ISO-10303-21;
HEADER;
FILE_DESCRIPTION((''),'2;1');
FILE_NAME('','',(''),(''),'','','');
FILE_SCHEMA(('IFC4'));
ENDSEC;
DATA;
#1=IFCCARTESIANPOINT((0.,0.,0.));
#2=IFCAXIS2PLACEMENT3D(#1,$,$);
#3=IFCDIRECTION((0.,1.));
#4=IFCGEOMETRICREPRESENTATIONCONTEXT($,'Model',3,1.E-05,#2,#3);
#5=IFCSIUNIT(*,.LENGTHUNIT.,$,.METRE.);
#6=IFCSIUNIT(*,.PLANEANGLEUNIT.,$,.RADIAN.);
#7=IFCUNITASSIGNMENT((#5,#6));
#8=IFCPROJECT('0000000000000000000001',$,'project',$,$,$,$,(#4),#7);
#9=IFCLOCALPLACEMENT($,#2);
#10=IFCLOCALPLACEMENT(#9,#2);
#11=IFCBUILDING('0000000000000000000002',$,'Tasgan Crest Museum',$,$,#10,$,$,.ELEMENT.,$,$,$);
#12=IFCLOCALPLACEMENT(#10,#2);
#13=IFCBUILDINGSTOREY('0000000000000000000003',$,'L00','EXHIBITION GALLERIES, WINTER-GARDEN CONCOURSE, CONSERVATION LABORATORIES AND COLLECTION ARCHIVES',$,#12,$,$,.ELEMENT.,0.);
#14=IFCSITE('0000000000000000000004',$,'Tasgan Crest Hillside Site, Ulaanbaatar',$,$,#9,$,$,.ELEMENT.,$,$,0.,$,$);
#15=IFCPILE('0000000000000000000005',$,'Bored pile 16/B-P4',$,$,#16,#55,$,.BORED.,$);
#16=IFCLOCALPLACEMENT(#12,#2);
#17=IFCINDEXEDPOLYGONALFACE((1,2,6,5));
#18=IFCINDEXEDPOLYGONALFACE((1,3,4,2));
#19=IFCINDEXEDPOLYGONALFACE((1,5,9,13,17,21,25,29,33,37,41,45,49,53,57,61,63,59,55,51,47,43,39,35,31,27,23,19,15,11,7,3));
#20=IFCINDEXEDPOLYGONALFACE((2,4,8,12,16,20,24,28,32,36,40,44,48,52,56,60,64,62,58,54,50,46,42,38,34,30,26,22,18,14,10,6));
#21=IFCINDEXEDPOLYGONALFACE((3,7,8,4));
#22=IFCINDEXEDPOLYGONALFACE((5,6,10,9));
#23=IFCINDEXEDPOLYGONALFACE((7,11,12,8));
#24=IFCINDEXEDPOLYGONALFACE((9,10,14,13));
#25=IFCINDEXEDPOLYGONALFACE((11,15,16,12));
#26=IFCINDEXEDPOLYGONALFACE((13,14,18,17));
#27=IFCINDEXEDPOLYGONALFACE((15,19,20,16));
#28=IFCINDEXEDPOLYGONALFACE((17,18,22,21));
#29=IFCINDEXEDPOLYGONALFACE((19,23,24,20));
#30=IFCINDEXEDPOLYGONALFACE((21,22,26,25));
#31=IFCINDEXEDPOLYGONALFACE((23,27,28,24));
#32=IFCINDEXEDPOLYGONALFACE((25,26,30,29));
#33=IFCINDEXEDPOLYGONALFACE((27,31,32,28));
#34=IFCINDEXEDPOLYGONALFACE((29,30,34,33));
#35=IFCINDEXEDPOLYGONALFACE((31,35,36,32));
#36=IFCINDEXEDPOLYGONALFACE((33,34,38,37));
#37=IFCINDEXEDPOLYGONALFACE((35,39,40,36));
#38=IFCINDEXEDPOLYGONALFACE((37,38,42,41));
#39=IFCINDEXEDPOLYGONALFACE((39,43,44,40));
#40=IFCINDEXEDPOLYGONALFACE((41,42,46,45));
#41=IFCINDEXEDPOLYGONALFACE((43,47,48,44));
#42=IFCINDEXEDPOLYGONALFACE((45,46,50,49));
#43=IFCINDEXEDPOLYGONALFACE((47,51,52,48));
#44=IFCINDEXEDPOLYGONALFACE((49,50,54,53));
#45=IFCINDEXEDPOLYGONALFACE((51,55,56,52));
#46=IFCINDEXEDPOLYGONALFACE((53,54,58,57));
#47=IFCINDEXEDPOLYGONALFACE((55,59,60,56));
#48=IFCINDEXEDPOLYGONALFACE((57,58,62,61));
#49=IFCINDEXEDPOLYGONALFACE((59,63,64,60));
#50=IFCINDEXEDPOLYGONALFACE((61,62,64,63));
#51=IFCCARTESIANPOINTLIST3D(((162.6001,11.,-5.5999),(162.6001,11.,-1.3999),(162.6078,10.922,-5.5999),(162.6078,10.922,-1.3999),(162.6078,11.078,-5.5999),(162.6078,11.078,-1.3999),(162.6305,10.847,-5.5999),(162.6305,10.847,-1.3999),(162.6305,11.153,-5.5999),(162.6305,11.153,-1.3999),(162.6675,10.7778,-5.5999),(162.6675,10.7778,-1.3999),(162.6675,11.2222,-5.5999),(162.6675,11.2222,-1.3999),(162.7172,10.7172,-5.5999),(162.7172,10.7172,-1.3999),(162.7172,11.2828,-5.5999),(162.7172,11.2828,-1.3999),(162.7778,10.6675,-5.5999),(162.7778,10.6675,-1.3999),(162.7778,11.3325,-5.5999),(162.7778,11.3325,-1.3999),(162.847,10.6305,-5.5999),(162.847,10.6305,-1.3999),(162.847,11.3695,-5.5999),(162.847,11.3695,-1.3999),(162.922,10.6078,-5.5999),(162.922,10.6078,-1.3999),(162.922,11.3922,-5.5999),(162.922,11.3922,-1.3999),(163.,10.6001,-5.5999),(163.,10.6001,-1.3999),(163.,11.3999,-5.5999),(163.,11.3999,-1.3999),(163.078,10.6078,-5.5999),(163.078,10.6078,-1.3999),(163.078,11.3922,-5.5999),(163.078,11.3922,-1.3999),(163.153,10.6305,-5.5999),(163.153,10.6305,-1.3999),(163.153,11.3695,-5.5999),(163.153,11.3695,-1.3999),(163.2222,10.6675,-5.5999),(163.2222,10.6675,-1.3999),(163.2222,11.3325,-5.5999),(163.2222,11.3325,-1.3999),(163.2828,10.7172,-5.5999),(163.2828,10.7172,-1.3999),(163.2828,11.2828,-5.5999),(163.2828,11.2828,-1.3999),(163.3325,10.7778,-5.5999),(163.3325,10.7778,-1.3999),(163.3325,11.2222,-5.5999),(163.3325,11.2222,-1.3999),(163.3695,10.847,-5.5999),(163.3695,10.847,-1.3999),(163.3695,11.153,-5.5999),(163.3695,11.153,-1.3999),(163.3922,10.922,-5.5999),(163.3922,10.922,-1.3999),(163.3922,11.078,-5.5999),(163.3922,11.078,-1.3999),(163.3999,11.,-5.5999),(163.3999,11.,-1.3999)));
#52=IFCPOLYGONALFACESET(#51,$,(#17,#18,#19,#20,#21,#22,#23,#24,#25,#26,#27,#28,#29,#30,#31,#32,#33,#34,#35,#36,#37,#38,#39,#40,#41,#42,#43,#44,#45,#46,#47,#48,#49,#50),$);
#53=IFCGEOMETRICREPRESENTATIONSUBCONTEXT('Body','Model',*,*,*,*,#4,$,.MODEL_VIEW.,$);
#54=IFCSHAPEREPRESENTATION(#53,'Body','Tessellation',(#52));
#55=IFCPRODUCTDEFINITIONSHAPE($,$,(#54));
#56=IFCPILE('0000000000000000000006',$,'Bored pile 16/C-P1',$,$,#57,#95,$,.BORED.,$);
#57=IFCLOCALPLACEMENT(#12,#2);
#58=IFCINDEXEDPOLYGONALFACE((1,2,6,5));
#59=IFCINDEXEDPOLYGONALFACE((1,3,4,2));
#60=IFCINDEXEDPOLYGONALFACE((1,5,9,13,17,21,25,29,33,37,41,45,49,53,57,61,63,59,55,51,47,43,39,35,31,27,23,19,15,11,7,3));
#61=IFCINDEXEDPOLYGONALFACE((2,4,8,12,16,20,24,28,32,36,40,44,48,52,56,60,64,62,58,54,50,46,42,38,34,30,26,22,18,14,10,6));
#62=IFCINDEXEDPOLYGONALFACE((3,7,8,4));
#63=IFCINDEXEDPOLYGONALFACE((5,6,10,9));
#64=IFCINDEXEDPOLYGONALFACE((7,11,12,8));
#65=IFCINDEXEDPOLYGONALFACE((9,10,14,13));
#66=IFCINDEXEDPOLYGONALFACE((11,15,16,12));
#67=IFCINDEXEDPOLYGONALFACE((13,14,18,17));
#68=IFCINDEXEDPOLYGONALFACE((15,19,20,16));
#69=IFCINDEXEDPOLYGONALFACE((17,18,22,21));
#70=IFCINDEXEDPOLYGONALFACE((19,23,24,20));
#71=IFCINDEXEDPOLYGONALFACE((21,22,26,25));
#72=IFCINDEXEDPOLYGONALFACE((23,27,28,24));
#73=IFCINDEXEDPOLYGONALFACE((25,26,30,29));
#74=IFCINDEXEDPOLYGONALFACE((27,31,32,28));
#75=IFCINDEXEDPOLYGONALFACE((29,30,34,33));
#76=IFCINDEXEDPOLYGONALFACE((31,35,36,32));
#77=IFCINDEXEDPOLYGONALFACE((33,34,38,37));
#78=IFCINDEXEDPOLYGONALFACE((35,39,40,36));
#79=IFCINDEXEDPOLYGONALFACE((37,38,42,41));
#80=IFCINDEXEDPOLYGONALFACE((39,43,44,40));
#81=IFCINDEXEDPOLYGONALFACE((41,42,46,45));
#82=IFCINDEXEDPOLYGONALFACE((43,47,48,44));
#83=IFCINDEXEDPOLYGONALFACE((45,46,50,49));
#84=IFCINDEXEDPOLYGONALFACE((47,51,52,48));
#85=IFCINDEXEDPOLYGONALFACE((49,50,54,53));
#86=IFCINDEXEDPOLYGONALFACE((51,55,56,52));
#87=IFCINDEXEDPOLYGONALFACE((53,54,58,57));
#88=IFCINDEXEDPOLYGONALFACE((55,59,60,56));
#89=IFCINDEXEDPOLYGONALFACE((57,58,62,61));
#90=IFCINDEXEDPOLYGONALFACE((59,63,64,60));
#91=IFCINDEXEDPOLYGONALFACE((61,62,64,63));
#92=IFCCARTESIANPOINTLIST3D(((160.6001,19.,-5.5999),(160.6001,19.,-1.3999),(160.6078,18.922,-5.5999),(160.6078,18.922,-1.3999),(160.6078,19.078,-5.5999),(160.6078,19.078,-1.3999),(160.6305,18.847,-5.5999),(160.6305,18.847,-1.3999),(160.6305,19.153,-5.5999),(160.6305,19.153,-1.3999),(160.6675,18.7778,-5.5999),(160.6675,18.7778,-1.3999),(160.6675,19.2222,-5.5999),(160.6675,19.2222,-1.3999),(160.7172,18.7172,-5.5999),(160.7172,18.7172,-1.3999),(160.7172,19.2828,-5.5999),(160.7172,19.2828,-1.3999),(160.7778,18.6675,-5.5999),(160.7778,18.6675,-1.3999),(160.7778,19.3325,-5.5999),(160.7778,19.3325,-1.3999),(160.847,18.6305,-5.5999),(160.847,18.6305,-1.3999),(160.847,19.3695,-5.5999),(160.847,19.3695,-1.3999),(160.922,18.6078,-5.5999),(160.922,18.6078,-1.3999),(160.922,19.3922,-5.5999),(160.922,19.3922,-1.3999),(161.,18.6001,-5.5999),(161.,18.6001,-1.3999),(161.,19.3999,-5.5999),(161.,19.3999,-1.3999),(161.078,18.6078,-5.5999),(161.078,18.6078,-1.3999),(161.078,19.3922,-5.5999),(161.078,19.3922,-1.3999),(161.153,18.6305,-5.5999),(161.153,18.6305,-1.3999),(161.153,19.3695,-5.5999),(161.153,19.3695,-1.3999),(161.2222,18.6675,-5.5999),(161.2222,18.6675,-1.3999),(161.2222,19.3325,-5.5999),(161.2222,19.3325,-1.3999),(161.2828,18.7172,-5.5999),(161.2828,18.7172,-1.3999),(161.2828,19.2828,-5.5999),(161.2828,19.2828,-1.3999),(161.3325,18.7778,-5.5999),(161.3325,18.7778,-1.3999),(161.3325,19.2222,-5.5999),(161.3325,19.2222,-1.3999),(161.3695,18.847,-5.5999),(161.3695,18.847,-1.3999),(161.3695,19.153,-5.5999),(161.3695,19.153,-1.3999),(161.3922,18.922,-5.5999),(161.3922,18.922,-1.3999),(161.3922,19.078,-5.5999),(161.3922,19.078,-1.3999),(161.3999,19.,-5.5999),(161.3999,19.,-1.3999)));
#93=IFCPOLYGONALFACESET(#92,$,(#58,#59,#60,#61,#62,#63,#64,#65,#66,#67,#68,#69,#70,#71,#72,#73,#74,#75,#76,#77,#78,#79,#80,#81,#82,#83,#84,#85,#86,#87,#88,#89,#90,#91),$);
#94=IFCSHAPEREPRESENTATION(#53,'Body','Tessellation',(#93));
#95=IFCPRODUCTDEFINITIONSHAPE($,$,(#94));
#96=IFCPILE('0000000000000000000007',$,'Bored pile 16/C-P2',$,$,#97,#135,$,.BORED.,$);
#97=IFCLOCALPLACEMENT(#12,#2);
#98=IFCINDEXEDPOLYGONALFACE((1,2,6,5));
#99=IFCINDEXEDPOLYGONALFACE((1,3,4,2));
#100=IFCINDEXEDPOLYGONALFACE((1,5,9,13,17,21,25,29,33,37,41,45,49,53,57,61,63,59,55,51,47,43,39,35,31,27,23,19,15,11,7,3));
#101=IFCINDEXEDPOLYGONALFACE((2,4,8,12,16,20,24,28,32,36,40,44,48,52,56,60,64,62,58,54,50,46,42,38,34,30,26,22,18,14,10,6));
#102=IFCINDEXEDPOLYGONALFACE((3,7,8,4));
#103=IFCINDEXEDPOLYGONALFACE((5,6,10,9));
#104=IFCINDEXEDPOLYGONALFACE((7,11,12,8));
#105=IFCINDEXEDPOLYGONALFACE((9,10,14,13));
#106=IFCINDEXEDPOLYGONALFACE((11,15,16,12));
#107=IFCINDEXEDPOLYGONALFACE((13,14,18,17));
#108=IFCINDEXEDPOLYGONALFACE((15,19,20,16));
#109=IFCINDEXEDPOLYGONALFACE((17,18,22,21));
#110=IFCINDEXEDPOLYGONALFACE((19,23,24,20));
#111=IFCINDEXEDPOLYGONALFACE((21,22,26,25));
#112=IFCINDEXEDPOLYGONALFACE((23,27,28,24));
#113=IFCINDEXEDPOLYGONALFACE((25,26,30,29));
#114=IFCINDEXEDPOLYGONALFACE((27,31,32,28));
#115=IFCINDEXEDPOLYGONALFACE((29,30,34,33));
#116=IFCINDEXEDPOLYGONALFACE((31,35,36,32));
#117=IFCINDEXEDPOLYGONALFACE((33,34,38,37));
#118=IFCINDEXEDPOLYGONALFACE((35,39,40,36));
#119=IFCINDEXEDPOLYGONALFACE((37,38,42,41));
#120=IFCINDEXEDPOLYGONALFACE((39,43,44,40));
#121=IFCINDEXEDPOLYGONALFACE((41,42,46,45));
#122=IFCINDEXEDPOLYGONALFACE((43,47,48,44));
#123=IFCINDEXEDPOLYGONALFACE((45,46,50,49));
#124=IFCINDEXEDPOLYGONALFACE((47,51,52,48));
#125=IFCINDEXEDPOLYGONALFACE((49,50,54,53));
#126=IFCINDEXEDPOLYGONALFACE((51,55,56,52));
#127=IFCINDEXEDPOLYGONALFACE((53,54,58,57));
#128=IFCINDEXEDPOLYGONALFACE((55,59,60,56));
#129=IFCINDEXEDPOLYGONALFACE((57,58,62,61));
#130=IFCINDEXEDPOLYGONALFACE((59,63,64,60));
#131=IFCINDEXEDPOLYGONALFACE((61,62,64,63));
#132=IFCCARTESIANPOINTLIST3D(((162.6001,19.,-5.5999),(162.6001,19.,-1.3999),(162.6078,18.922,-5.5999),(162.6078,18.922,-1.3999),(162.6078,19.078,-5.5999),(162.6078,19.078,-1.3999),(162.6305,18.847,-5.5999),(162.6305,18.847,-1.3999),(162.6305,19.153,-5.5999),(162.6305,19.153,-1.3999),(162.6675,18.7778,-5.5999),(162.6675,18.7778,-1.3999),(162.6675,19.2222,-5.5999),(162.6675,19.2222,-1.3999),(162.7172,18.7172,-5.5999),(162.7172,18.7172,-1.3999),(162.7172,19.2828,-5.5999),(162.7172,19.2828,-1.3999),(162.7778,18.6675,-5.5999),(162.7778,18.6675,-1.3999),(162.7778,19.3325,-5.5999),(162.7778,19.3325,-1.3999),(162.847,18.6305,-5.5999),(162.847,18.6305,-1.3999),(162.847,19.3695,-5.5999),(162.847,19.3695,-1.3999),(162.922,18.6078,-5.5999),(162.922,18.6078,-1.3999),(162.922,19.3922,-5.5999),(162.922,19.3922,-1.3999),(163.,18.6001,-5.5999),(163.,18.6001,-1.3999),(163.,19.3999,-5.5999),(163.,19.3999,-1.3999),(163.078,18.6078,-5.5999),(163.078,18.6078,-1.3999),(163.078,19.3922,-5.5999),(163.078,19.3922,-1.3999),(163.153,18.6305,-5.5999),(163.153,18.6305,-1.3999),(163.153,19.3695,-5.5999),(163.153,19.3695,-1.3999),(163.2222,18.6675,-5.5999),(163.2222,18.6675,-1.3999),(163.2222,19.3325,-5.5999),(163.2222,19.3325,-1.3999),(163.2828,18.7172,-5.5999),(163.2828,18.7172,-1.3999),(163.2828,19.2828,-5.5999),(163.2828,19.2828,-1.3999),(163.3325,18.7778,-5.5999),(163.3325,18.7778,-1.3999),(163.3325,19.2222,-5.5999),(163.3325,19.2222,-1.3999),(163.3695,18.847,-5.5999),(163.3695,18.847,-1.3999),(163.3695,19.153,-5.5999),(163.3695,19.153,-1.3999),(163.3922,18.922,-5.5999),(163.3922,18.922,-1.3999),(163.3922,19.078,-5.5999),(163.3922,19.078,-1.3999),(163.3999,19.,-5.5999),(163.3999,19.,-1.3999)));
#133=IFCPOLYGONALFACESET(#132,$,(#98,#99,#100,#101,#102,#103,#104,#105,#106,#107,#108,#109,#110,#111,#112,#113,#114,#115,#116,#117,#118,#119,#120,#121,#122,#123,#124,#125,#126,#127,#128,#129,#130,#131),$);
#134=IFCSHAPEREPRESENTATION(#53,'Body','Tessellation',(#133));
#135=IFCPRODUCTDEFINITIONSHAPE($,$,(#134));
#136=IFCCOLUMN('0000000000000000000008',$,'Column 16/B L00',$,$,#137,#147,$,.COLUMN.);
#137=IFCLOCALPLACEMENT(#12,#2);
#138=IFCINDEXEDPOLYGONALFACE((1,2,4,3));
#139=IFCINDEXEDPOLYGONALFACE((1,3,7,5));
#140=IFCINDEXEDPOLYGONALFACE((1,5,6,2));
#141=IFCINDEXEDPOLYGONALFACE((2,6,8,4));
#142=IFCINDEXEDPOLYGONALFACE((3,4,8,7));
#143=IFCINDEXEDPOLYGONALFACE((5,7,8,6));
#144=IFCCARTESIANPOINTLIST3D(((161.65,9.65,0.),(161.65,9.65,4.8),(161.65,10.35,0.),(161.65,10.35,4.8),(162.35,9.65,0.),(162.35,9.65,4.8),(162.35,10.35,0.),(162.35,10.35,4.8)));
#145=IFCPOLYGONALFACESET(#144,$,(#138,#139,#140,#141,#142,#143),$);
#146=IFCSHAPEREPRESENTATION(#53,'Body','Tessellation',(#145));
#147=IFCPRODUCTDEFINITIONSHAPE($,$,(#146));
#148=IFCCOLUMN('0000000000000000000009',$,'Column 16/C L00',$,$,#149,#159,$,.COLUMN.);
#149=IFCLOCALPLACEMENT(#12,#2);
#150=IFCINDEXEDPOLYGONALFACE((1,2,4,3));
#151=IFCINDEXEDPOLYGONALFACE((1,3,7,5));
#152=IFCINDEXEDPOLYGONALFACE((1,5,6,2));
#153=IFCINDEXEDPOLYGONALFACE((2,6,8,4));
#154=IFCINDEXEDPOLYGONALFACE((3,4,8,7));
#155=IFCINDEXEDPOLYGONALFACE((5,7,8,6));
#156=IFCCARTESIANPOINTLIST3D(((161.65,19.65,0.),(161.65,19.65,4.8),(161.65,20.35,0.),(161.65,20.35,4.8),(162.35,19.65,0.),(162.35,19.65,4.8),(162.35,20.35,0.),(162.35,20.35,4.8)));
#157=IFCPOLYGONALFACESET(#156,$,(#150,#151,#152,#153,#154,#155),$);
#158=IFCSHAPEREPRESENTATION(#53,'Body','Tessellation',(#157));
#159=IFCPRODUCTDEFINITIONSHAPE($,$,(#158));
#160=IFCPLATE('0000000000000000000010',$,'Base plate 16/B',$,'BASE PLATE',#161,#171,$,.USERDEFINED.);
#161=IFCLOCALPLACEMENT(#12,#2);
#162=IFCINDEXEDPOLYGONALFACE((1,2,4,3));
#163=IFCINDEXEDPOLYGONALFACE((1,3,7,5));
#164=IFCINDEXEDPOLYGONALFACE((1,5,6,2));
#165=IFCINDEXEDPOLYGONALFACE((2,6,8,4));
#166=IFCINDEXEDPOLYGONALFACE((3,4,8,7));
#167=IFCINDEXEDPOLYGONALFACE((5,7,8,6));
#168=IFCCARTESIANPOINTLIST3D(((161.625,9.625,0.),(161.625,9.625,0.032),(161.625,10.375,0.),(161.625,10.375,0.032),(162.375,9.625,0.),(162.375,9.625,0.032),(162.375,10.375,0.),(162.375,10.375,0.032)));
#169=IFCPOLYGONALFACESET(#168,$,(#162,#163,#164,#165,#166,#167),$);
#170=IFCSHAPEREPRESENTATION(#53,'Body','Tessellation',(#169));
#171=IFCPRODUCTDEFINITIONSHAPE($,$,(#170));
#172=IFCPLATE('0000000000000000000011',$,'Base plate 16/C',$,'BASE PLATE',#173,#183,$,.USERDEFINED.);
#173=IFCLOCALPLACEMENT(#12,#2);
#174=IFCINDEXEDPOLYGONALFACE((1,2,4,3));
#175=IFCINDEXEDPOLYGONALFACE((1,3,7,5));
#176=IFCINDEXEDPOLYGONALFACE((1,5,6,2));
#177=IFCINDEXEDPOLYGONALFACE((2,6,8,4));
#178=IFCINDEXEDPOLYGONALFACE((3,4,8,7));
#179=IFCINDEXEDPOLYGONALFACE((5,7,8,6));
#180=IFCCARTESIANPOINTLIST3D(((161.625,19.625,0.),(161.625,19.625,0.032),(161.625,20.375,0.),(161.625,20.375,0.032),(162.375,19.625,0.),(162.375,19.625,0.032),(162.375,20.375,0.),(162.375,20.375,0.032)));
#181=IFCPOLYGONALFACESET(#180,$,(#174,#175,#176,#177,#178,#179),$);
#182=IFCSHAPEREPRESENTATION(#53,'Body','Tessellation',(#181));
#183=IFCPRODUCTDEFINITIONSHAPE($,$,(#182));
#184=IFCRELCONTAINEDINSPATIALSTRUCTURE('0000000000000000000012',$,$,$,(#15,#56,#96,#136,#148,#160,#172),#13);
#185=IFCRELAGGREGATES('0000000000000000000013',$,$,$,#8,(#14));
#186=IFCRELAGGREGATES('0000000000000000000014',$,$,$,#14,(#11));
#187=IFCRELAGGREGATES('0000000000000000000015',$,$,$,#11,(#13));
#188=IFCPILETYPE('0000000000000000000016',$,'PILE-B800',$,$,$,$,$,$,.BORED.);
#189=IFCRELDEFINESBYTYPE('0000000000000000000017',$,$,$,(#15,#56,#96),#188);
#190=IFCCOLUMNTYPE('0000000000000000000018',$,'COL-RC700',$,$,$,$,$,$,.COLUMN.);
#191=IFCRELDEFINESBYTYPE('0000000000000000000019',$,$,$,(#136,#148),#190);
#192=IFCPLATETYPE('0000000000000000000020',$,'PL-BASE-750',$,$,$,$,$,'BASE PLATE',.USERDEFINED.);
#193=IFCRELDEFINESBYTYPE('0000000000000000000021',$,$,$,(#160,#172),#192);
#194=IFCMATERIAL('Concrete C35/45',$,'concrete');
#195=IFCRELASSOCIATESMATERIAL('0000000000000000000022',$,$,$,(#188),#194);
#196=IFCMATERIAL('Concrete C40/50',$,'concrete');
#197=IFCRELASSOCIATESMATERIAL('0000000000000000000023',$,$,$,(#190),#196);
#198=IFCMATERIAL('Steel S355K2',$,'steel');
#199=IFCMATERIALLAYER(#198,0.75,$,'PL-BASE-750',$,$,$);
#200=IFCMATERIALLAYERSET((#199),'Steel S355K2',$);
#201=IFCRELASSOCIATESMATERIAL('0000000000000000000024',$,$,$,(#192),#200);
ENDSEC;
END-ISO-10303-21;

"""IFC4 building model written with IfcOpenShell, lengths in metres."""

from ifc_helpers import new_model, si_unit, direction, frame, origin, origin_2d, place, context, subcontext, project, spatial, rectangle, circle, extrude, material, layer, layer_set, material_profile, profile_set, type_object, element, save


model = new_model("IFC4")

# Units and contexts
model_context = context("Model", 3, precision=1e-05, world=origin(), true_north=direction((0.0, 1.0)))
body_context = subcontext(model_context, "Body", "Model", "MODEL_VIEW")
ifc_project = project(units=[si_unit("LENGTHUNIT", "METRE"), si_unit("PLANEANGLEUNIT", "RADIAN")], contexts=[model_context])

# Site, building, storey
site_placement = place(None, origin())
site = spatial("IfcSite", under=ifc_project, at=site_placement, Name="Tasgan Crest Hillside Site, Ulaanbaatar", CompositionType="ELEMENT", RefElevation=0.0)
building_placement = place(site_placement, origin())
building = spatial("IfcBuilding", under=site, at=building_placement, Name="Tasgan Crest Museum", CompositionType="ELEMENT")
storey_placement = place(building_placement, origin())
storey = spatial("IfcBuildingStorey", under=building, at=storey_placement, Name="L00", Description="EXHIBITION GALLERIES, WINTER-GARDEN CONCOURSE, CONSERVATION LABORATORIES AND COLLECTION ARCHIVES", CompositionType="ELEMENT", Elevation=0.0)

# Piles
ifc_material_1 = material(Name="Concrete C35/45", Category="concrete")
ifc_material_profile_1 = material_profile(ifc_material_1, circle(Radius=0.3999, at=origin_2d()), Name="PILE D800")
ifc_profile_set_1 = profile_set([ifc_material_profile_1], Name="Concrete C35/45")
pile_type = type_object("IfcPileType", Name="PILE-B800", PredefinedType="BORED", material=ifc_profile_set_1)
for number, where, z_axis, x_axis, name in (
    (1, (163.0, 11.0, -1.3999), (0.0, 0.0, -1.0), (1.0, 0.0, 0.0), "Bored pile 16/B-P4"),
    (2, (161.0, 19.0, -1.3999), (0.0, 0.0, -1.0), (1.0, 0.0, 0.0), "Bored pile 16/C-P1"),
    (3, (163.0, 19.0, -1.3999), (0.0, 0.0, -1.0), (1.0, 0.0, 0.0), "Bored pile 16/C-P2"),
):
    element("IfcPile", number, at=place(storey_placement, frame(where, z_axis=z_axis, x_axis=x_axis)), inside=storey, type_object=pile_type, Name=name, PredefinedType="BORED", context=body_context, shape_type="SweptSolid", body=[
        extrude(circle(Radius=0.3999, at=origin_2d()), origin(), (0.0, 0.0, 1.0), 4.2),
    ])

# Columns
ifc_material_2 = material(Name="Concrete C40/50", Category="concrete")
ifc_material_profile_2 = material_profile(ifc_material_2, rectangle(XDim=0.7, YDim=0.7, at=origin_2d()), Name="RC 700x700")
ifc_profile_set_2 = profile_set([ifc_material_profile_2], Name="Concrete C40/50")
column_type = type_object("IfcColumnType", Name="COL-RC700", PredefinedType="COLUMN", material=ifc_profile_set_2)
for number, where, z_axis, x_axis, name in (
    (4, (162.0, 10.0, 0.0), (0.0, 0.0, 1.0), (1.0, 0.0, 0.0), "Column 16/B L00"),
    (5, (162.0, 20.0, 0.0), (0.0, 0.0, 1.0), (1.0, 0.0, 0.0), "Column 16/C L00"),
):
    element("IfcColumn", number, at=place(storey_placement, frame(where, z_axis=z_axis, x_axis=x_axis)), inside=storey, type_object=column_type, Name=name, PredefinedType="COLUMN", context=body_context, shape_type="SweptSolid", body=[
        extrude(rectangle(XDim=0.7, YDim=0.7, at=origin_2d()), origin(), (0.0, 0.0, 1.0), 4.8),
    ])

# Plates
ifc_material_3 = material(Name="Steel S355K2", Category="steel")
ifc_layer_1 = layer(ifc_material_3, 0.75, Name="PL-BASE-750")
ifc_layer_set_1 = layer_set([ifc_layer_1], Name="Steel S355K2")
plate_type = type_object("IfcPlateType", Name="PL-BASE-750", ElementType="BASE PLATE", PredefinedType="USERDEFINED", material=ifc_layer_set_1)
for number, where, z_axis, x_axis, name in (
    (6, (162.0, 10.0, 0.0), (0.0, 0.0, 1.0), (1.0, 0.0, 0.0), "Base plate 16/B"),
    (7, (162.0, 20.0, 0.0), (0.0, 0.0, 1.0), (1.0, 0.0, 0.0), "Base plate 16/C"),
):
    element("IfcPlate", number, at=place(storey_placement, frame(where, z_axis=z_axis, x_axis=x_axis)), inside=storey, type_object=plate_type, Name=name, ObjectType="BASE PLATE", PredefinedType="USERDEFINED", context=body_context, shape_type="SweptSolid", body=[
        extrude(rectangle(XDim=0.75, YDim=0.75, at=origin_2d()), origin(), (0.0, 0.0, 1.0), 0.032),
    ])

save(model, "model.ifc")
